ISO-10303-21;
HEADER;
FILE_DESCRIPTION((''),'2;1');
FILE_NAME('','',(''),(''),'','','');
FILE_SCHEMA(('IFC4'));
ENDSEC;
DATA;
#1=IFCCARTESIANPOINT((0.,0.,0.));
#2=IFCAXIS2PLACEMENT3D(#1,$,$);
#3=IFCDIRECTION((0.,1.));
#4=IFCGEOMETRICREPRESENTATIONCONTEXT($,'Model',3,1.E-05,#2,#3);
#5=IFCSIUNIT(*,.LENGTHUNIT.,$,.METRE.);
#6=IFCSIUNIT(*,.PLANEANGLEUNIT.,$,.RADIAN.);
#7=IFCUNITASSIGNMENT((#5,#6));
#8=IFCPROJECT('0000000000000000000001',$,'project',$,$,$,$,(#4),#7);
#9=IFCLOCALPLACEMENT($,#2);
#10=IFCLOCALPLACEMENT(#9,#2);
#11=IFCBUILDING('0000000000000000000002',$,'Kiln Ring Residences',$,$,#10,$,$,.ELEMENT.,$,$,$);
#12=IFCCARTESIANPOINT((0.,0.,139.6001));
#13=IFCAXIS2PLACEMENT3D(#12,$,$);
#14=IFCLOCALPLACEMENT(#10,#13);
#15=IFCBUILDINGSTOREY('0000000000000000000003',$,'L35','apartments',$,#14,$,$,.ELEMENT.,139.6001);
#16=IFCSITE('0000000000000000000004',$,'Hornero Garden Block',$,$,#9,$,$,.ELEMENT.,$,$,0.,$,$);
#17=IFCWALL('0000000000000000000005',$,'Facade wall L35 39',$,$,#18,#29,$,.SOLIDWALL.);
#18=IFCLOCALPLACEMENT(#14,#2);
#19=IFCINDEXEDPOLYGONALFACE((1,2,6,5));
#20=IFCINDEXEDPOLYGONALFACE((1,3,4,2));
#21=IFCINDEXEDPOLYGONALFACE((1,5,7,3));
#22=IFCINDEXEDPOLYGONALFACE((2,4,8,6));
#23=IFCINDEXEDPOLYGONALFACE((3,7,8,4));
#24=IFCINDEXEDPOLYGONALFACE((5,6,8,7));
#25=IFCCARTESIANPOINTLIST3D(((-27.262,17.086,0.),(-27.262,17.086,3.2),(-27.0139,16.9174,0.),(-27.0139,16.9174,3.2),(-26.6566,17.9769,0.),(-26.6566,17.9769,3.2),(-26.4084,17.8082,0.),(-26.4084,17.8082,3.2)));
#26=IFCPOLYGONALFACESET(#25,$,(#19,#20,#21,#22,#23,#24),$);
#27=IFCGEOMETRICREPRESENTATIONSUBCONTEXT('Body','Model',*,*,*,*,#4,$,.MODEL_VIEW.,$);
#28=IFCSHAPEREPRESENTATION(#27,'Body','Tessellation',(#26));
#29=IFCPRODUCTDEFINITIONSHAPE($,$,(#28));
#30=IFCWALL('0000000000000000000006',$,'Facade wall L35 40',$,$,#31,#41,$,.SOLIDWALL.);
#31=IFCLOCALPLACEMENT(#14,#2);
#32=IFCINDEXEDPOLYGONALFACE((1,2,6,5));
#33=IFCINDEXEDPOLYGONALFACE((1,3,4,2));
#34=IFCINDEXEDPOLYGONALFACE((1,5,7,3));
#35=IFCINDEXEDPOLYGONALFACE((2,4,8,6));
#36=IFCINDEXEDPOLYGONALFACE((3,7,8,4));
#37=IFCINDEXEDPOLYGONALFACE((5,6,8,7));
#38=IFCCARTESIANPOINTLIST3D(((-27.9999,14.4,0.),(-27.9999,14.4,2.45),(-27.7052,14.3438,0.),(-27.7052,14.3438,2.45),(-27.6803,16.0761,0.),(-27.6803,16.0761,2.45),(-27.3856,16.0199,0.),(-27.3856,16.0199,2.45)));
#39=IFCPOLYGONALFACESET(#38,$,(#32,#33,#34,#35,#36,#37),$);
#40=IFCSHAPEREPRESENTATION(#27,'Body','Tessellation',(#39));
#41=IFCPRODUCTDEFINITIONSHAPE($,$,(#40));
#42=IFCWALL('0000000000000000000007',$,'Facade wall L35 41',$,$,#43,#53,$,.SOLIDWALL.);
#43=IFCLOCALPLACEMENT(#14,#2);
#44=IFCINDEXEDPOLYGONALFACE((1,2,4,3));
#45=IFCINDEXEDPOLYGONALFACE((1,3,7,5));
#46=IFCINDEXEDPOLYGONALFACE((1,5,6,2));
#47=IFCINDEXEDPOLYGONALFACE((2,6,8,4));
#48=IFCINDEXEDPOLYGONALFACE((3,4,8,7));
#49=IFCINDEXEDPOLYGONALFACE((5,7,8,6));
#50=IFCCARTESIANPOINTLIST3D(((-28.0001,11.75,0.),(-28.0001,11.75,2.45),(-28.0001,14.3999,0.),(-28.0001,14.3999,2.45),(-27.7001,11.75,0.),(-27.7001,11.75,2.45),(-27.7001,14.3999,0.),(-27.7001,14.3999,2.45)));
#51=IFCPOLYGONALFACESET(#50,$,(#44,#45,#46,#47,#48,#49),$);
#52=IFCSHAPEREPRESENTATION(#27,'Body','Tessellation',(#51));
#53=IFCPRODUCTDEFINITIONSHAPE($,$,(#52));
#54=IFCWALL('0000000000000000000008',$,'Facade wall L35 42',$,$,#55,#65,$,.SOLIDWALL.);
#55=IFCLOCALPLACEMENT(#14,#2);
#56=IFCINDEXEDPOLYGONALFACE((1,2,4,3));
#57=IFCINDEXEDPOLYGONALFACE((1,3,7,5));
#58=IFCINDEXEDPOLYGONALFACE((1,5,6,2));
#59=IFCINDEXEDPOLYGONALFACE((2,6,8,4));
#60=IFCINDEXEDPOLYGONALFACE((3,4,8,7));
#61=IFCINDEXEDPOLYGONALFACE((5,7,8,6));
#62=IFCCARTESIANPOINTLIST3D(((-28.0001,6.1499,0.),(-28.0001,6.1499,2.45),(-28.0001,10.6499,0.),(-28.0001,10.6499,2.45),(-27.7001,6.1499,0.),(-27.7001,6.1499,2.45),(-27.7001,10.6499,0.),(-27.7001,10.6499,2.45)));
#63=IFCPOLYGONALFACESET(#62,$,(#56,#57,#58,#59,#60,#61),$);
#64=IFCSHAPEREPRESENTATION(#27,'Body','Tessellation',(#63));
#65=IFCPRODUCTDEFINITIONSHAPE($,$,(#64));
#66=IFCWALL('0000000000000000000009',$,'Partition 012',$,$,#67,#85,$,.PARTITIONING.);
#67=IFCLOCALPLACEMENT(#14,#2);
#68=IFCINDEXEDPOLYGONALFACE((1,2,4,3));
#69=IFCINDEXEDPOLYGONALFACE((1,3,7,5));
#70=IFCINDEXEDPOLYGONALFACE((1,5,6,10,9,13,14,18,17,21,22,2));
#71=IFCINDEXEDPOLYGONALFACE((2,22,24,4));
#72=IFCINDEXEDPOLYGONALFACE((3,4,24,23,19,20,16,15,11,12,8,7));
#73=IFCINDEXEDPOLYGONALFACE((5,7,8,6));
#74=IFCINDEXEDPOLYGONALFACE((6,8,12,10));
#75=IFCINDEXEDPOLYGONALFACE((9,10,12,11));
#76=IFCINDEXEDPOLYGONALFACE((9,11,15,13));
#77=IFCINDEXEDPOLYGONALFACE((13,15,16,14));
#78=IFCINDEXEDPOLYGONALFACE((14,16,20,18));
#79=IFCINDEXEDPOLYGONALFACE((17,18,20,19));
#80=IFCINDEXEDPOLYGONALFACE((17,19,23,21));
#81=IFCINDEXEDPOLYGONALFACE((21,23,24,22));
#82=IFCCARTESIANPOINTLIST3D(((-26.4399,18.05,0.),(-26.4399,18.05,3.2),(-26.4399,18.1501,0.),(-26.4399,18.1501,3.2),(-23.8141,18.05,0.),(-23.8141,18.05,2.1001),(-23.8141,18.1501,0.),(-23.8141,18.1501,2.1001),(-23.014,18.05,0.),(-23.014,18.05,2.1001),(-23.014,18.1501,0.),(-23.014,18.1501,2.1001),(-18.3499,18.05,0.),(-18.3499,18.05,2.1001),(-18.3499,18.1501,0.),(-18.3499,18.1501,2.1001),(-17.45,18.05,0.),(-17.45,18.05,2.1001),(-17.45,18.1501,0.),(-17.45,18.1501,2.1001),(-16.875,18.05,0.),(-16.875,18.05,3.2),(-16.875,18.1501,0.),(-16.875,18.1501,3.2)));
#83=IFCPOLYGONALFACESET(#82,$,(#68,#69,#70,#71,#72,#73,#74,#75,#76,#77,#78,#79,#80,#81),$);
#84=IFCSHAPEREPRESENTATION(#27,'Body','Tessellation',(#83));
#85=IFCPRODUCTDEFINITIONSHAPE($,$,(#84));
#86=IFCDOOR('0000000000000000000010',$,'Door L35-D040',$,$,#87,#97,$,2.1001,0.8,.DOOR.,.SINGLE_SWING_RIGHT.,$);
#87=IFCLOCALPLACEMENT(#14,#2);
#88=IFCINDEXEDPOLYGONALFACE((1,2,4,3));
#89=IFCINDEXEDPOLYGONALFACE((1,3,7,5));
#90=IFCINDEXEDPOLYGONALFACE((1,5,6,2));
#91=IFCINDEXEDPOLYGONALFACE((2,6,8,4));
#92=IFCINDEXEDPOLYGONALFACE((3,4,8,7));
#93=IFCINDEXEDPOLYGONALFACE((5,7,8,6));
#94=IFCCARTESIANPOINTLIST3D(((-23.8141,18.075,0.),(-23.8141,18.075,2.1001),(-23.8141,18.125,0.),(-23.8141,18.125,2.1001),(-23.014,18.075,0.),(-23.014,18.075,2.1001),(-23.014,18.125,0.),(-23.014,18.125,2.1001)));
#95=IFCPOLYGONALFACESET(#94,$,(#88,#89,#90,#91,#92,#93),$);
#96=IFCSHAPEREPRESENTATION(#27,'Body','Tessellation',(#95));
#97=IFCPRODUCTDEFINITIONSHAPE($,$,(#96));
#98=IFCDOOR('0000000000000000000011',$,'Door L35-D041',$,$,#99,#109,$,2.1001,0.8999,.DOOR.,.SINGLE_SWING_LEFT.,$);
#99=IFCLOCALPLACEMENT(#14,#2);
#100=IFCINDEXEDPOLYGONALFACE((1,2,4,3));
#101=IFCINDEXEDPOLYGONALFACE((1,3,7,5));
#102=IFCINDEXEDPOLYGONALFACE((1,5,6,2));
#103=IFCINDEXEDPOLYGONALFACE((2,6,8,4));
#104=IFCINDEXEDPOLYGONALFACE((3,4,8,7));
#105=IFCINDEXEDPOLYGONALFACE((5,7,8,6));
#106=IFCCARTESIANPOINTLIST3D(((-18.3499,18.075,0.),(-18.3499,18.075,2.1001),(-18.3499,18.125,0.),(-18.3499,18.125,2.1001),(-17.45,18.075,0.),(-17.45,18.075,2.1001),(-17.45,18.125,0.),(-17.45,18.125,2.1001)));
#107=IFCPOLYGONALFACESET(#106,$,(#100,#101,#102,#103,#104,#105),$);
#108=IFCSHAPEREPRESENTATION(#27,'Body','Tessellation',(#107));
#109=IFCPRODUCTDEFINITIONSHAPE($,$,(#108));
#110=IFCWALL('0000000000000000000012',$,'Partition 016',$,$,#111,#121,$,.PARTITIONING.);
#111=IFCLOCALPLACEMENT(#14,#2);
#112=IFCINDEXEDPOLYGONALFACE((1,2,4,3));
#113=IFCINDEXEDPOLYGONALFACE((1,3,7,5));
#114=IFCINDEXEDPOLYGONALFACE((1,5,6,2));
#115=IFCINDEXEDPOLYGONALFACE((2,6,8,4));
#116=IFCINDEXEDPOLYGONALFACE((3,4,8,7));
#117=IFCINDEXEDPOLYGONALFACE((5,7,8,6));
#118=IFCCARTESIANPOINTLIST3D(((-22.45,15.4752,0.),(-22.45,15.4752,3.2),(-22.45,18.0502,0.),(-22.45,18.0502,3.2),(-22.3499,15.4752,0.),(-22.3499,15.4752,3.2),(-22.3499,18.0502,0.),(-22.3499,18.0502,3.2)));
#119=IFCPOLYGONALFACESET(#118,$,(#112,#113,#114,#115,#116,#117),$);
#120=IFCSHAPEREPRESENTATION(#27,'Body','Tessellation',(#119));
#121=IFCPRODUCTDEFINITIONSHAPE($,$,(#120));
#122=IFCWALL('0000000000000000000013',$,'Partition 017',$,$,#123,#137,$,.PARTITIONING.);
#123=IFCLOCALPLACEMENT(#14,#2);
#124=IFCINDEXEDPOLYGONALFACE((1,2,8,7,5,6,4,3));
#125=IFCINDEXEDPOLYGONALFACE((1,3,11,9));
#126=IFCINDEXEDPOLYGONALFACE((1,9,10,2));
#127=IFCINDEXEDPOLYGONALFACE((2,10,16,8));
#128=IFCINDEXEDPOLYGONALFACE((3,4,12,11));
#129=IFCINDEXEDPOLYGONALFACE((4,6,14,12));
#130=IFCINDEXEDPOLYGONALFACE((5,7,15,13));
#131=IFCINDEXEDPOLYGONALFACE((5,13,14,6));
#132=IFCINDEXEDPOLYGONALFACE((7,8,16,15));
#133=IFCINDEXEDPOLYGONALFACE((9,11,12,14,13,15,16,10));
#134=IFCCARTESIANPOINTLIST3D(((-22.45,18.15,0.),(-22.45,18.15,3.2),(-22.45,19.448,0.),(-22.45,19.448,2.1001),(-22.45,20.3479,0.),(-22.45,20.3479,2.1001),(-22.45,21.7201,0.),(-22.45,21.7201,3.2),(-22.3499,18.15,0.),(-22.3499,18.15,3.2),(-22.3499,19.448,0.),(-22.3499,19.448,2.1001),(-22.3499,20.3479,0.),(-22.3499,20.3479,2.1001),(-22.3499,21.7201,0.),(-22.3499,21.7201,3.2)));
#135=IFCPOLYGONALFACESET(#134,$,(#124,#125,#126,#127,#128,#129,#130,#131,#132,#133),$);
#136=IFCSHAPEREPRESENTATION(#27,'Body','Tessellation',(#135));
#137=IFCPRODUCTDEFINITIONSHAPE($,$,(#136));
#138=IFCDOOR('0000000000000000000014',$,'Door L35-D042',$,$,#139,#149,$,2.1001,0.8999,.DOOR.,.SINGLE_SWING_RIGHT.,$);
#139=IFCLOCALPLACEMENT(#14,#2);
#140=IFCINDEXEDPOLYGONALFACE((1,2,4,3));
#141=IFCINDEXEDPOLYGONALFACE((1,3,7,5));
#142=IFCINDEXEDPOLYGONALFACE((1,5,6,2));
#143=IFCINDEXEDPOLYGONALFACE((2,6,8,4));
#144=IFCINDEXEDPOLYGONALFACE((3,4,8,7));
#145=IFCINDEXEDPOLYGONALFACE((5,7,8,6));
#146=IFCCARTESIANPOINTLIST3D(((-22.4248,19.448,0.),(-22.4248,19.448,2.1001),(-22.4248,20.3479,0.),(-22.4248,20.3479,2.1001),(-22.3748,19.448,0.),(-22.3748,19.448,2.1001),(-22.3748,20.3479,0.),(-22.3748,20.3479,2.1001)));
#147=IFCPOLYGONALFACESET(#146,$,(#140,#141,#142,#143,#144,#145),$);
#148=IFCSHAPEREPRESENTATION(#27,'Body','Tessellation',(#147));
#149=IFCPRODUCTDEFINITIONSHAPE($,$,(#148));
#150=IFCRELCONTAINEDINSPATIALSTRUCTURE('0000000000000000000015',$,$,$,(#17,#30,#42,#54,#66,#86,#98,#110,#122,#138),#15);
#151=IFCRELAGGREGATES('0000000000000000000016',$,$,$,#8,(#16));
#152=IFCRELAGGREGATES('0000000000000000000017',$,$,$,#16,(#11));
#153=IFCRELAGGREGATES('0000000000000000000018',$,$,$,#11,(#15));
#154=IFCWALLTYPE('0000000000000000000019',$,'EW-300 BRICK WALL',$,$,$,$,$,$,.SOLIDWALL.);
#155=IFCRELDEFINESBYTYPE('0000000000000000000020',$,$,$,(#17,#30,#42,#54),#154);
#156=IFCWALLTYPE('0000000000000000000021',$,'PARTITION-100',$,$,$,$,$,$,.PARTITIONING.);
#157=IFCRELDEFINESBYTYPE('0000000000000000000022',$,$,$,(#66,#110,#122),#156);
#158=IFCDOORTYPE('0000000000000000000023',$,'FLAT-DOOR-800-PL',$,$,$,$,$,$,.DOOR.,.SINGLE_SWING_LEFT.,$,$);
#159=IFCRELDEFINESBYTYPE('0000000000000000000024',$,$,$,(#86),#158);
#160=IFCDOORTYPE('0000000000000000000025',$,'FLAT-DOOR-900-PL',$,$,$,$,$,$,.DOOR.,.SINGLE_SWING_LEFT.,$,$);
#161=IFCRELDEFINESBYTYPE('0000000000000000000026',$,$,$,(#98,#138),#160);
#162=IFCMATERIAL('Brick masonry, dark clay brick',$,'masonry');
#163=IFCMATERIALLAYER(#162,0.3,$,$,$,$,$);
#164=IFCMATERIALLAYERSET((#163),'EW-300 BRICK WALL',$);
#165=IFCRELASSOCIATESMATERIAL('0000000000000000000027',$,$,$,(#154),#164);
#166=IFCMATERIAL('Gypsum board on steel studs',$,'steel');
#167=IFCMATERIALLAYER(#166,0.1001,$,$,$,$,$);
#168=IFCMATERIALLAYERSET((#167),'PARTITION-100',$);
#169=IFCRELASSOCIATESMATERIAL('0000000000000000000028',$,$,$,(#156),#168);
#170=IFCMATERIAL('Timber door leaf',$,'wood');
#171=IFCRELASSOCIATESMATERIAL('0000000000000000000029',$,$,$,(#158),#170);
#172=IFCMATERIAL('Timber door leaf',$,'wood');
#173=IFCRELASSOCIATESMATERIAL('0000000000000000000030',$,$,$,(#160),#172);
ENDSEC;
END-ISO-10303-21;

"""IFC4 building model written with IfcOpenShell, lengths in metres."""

from ifc_helpers import new_model, si_unit, direction, frame, frame_2d, origin, place, context, subcontext, project, spatial, rectangle, extrude, material, layer, layer_set, type_object, element, fill, save


model = new_model("IFC4")

# Units and contexts
model_context = context("Model", 3, precision=1e-05, world=origin(), true_north=direction((0.0, 1.0)))
body_context = subcontext(model_context, "Body", "Model", "MODEL_VIEW")
ifc_project = project(units=[si_unit("LENGTHUNIT", "METRE"), si_unit("PLANEANGLEUNIT", "RADIAN")], contexts=[model_context])

# Site, building, storey
site_placement = place(None, origin())
site = spatial("IfcSite", under=ifc_project, at=site_placement, Name="Hornero Garden Block", CompositionType="ELEMENT", RefElevation=0.0)
building_placement = place(site_placement, origin())
building = spatial("IfcBuilding", under=site, at=building_placement, Name="Kiln Ring Residences", CompositionType="ELEMENT")
storey_placement = place(building_placement, frame((0.0, 0.0, 139.6001)))
storey = spatial("IfcBuildingStorey", under=building, at=storey_placement, Name="L35", Description="apartments", CompositionType="ELEMENT", Elevation=139.6001)

# Shared definitions
ifc_material_1 = material(Name="Brick masonry, dark clay brick", Category="masonry")
ifc_layer_1 = layer(ifc_material_1, 0.3)
ifc_layer_set_1 = layer_set([ifc_layer_1], Name="EW-300 BRICK WALL")
wall_type_1 = type_object("IfcWallType", Name="EW-300 BRICK WALL", PredefinedType="SOLIDWALL", material=ifc_layer_set_1)

# Walls
wall_1_placement = place(storey_placement, frame((-26.5325, 17.8926, 0.0), z_axis=(0.0, 0.0, 1.0), x_axis=(-0.562105, -0.827066, 0.0)))
element("IfcWall", 1, at=wall_1_placement, inside=storey, type_object=wall_type_1, Name="Facade wall L35 39", PredefinedType="SOLIDWALL", context=body_context, shape_type="SweptSolid", body=[
    extrude(rectangle(XDim=1.0771, YDim=0.3, at=frame_2d((0.5386, 0.0))), origin(), (0.0, 0.0, 1.0), 3.2),
])
wall_2_placement = place(storey_placement, frame((-27.533, 16.0479, 0.0), z_axis=(0.0, 0.0, 1.0), x_axis=(-0.187303, -0.982302, 0.0)))
element("IfcWall", 2, at=wall_2_placement, inside=storey, type_object=wall_type_1, Name="Facade wall L35 40", PredefinedType="SOLIDWALL", context=body_context, shape_type="SweptSolid", body=[
    extrude(rectangle(XDim=1.7063, YDim=0.3, at=frame_2d((0.853, 0.0))), origin(), (0.0, 0.0, 1.0), 2.45),
])
wall_3_placement = place(storey_placement, frame((-27.8501, 14.3999, 0.0), z_axis=(0.0, 0.0, 1.0), x_axis=(0.0, -1.0, 0.0)))
element("IfcWall", 3, at=wall_3_placement, inside=storey, type_object=wall_type_1, Name="Facade wall L35 41", PredefinedType="SOLIDWALL", context=body_context, shape_type="SweptSolid", body=[
    extrude(rectangle(XDim=2.6499, YDim=0.3, at=frame_2d((1.325, 0.0))), origin(), (0.0, 0.0, 1.0), 2.45),
])
wall_4_placement = place(storey_placement, frame((-27.8501, 10.6499, 0.0), z_axis=(0.0, 0.0, 1.0), x_axis=(0.0, -1.0, 0.0)))
element("IfcWall", 4, at=wall_4_placement, inside=storey, type_object=wall_type_1, Name="Facade wall L35 42", PredefinedType="SOLIDWALL", context=body_context, shape_type="SweptSolid", body=[
    extrude(rectangle(XDim=4.5, YDim=0.3, at=frame_2d((2.25, 0.0))), origin(), (0.0, 0.0, 1.0), 2.45),
])

# Wall, openings, doors
ifc_material_2 = material(Name="Gypsum board on steel studs", Category="steel")
ifc_layer_2 = layer(ifc_material_2, 0.1001)
ifc_layer_set_2 = layer_set([ifc_layer_2], Name="PARTITION-100")
wall_type_2 = type_object("IfcWallType", Name="PARTITION-100", PredefinedType="PARTITIONING", material=ifc_layer_set_2)
wall_5_placement = place(storey_placement, frame((-26.4399, 18.1001, 0.0), z_axis=(0.0, 0.0, 1.0), x_axis=(1.0, 0.0, 0.0)))
wall_5 = element("IfcWall", 5, at=wall_5_placement, inside=storey, type_object=wall_type_2, Name="Partition 012", PredefinedType="PARTITIONING", context=body_context, shape_type="SweptSolid", body=[
    extrude(rectangle(XDim=9.5649, YDim=0.1001, at=frame_2d((4.7825, 0.0))), origin(), (0.0, 0.0, 1.0), 3.2),
])
opening_1_placement = place(wall_5_placement, frame((2.626, 0.0, 0.0)))
opening_1 = element("IfcOpeningElement", 6, at=opening_1_placement, cuts=wall_5, PredefinedType="OPENING", context=body_context, shape_type="SweptSolid", body=[
    extrude(rectangle(XDim=0.8, YDim=2.1001, at=frame_2d((0.3999, 1.05))), frame((0.0, 0.0601, 0.0), z_axis=(0.0, -1.0, 0.0), x_axis=(1.0, 0.0, 0.0)), (0.0, 0.0, 1.0), 0.1201),
])
opening_2_placement = place(wall_5_placement, frame((8.0901, 0.0, 0.0)))
opening_2 = element("IfcOpeningElement", 7, at=opening_2_placement, cuts=wall_5, PredefinedType="OPENING", context=body_context, shape_type="SweptSolid", body=[
    extrude(rectangle(XDim=0.8999, YDim=2.1001, at=frame_2d((0.45, 1.05))), frame((0.0, 0.0601, 0.0), z_axis=(0.0, -1.0, 0.0), x_axis=(1.0, 0.0, 0.0)), (0.0, 0.0, 1.0), 0.1201),
])
ifc_material_3 = material(Name="Timber door leaf", Category="wood")
door_type_1 = type_object("IfcDoorType", Name="FLAT-DOOR-800-PL", OperationType="SINGLE_SWING_LEFT", PredefinedType="DOOR", material=ifc_material_3)
door_1_placement = place(opening_1_placement, origin())
door_1 = element("IfcDoor", 8, at=door_1_placement, inside=storey, type_object=door_type_1, Name="Door L35-D040", OperationType="SINGLE_SWING_RIGHT", OverallHeight=2.1001, OverallWidth=0.8, PredefinedType="DOOR", context=body_context, shape_type="SweptSolid", body=[
    extrude(rectangle(XDim=0.8, YDim=2.1001, at=frame_2d((0.3999, 1.05))), frame((0.0, 0.0249, 0.0), z_axis=(0.0, -1.0, 0.0), x_axis=(1.0, 0.0, 0.0)), (0.0, 0.0, 1.0), 0.05),
])
fill(opening_1, door_1)
ifc_material_4 = material(Name="Timber door leaf", Category="wood")
door_type_2 = type_object("IfcDoorType", Name="FLAT-DOOR-900-PL", OperationType="SINGLE_SWING_LEFT", PredefinedType="DOOR", material=ifc_material_4)
door_2_placement = place(opening_2_placement, origin())
door_2 = element("IfcDoor", 9, at=door_2_placement, inside=storey, type_object=door_type_2, Name="Door L35-D041", OperationType="SINGLE_SWING_LEFT", OverallHeight=2.1001, OverallWidth=0.8999, PredefinedType="DOOR", context=body_context, shape_type="SweptSolid", body=[
    extrude(rectangle(XDim=0.8999, YDim=2.1001, at=frame_2d((0.45, 1.05))), frame((0.0, 0.0249, 0.0), z_axis=(0.0, -1.0, 0.0), x_axis=(1.0, 0.0, 0.0)), (0.0, 0.0, 1.0), 0.05),
])
fill(opening_2, door_2)

# Wall
wall_6_placement = place(storey_placement, frame((-22.3999, 15.4751, 0.0), z_axis=(0.0, 0.0, 1.0), x_axis=(0.0, 1.0, 0.0)))
element("IfcWall", 10, at=wall_6_placement, inside=storey, type_object=wall_type_2, Name="Partition 016", PredefinedType="PARTITIONING", context=body_context, shape_type="SweptSolid", body=[
    extrude(rectangle(XDim=2.575, YDim=0.1001, at=frame_2d((1.2876, 0.0))), origin(), (0.0, 0.0, 1.0), 3.2),
])

# Wall, opening, door
wall_7_placement = place(storey_placement, frame((-22.3999, 18.1499, 0.0), z_axis=(0.0, 0.0, 1.0), x_axis=(0.0, 1.0, 0.0)))
wall_7 = element("IfcWall", 11, at=wall_7_placement, inside=storey, type_object=wall_type_2, Name="Partition 017", PredefinedType="PARTITIONING", context=body_context, shape_type="SweptSolid", body=[
    extrude(rectangle(XDim=3.5701, YDim=0.1001, at=frame_2d((1.7852, 0.0))), origin(), (0.0, 0.0, 1.0), 3.2),
])
opening_3_placement = place(wall_7_placement, frame((1.2981, 0.0, 0.0)))
opening_3 = element("IfcOpeningElement", 12, at=opening_3_placement, cuts=wall_7, PredefinedType="OPENING", context=body_context, shape_type="SweptSolid", body=[
    extrude(rectangle(XDim=0.8999, YDim=2.1001, at=frame_2d((0.45, 1.05))), frame((0.0, 0.0601, 0.0), z_axis=(0.0, -1.0, 0.0), x_axis=(1.0, 0.0, 0.0)), (0.0, 0.0, 1.0), 0.1201),
])
door_3_placement = place(opening_3_placement, origin())
door_3 = element("IfcDoor", 13, at=door_3_placement, inside=storey, type_object=door_type_2, Name="Door L35-D042", OperationType="SINGLE_SWING_RIGHT", OverallHeight=2.1001, OverallWidth=0.8999, PredefinedType="DOOR", context=body_context, shape_type="SweptSolid", body=[
    extrude(rectangle(XDim=0.8999, YDim=2.1001, at=frame_2d((0.45, 1.05))), frame((0.0, 0.0249, 0.0), z_axis=(0.0, -1.0, 0.0), x_axis=(1.0, 0.0, 0.0)), (0.0, 0.0, 1.0), 0.05),
])
fill(opening_3, door_3)

save(model, "model.ifc")
